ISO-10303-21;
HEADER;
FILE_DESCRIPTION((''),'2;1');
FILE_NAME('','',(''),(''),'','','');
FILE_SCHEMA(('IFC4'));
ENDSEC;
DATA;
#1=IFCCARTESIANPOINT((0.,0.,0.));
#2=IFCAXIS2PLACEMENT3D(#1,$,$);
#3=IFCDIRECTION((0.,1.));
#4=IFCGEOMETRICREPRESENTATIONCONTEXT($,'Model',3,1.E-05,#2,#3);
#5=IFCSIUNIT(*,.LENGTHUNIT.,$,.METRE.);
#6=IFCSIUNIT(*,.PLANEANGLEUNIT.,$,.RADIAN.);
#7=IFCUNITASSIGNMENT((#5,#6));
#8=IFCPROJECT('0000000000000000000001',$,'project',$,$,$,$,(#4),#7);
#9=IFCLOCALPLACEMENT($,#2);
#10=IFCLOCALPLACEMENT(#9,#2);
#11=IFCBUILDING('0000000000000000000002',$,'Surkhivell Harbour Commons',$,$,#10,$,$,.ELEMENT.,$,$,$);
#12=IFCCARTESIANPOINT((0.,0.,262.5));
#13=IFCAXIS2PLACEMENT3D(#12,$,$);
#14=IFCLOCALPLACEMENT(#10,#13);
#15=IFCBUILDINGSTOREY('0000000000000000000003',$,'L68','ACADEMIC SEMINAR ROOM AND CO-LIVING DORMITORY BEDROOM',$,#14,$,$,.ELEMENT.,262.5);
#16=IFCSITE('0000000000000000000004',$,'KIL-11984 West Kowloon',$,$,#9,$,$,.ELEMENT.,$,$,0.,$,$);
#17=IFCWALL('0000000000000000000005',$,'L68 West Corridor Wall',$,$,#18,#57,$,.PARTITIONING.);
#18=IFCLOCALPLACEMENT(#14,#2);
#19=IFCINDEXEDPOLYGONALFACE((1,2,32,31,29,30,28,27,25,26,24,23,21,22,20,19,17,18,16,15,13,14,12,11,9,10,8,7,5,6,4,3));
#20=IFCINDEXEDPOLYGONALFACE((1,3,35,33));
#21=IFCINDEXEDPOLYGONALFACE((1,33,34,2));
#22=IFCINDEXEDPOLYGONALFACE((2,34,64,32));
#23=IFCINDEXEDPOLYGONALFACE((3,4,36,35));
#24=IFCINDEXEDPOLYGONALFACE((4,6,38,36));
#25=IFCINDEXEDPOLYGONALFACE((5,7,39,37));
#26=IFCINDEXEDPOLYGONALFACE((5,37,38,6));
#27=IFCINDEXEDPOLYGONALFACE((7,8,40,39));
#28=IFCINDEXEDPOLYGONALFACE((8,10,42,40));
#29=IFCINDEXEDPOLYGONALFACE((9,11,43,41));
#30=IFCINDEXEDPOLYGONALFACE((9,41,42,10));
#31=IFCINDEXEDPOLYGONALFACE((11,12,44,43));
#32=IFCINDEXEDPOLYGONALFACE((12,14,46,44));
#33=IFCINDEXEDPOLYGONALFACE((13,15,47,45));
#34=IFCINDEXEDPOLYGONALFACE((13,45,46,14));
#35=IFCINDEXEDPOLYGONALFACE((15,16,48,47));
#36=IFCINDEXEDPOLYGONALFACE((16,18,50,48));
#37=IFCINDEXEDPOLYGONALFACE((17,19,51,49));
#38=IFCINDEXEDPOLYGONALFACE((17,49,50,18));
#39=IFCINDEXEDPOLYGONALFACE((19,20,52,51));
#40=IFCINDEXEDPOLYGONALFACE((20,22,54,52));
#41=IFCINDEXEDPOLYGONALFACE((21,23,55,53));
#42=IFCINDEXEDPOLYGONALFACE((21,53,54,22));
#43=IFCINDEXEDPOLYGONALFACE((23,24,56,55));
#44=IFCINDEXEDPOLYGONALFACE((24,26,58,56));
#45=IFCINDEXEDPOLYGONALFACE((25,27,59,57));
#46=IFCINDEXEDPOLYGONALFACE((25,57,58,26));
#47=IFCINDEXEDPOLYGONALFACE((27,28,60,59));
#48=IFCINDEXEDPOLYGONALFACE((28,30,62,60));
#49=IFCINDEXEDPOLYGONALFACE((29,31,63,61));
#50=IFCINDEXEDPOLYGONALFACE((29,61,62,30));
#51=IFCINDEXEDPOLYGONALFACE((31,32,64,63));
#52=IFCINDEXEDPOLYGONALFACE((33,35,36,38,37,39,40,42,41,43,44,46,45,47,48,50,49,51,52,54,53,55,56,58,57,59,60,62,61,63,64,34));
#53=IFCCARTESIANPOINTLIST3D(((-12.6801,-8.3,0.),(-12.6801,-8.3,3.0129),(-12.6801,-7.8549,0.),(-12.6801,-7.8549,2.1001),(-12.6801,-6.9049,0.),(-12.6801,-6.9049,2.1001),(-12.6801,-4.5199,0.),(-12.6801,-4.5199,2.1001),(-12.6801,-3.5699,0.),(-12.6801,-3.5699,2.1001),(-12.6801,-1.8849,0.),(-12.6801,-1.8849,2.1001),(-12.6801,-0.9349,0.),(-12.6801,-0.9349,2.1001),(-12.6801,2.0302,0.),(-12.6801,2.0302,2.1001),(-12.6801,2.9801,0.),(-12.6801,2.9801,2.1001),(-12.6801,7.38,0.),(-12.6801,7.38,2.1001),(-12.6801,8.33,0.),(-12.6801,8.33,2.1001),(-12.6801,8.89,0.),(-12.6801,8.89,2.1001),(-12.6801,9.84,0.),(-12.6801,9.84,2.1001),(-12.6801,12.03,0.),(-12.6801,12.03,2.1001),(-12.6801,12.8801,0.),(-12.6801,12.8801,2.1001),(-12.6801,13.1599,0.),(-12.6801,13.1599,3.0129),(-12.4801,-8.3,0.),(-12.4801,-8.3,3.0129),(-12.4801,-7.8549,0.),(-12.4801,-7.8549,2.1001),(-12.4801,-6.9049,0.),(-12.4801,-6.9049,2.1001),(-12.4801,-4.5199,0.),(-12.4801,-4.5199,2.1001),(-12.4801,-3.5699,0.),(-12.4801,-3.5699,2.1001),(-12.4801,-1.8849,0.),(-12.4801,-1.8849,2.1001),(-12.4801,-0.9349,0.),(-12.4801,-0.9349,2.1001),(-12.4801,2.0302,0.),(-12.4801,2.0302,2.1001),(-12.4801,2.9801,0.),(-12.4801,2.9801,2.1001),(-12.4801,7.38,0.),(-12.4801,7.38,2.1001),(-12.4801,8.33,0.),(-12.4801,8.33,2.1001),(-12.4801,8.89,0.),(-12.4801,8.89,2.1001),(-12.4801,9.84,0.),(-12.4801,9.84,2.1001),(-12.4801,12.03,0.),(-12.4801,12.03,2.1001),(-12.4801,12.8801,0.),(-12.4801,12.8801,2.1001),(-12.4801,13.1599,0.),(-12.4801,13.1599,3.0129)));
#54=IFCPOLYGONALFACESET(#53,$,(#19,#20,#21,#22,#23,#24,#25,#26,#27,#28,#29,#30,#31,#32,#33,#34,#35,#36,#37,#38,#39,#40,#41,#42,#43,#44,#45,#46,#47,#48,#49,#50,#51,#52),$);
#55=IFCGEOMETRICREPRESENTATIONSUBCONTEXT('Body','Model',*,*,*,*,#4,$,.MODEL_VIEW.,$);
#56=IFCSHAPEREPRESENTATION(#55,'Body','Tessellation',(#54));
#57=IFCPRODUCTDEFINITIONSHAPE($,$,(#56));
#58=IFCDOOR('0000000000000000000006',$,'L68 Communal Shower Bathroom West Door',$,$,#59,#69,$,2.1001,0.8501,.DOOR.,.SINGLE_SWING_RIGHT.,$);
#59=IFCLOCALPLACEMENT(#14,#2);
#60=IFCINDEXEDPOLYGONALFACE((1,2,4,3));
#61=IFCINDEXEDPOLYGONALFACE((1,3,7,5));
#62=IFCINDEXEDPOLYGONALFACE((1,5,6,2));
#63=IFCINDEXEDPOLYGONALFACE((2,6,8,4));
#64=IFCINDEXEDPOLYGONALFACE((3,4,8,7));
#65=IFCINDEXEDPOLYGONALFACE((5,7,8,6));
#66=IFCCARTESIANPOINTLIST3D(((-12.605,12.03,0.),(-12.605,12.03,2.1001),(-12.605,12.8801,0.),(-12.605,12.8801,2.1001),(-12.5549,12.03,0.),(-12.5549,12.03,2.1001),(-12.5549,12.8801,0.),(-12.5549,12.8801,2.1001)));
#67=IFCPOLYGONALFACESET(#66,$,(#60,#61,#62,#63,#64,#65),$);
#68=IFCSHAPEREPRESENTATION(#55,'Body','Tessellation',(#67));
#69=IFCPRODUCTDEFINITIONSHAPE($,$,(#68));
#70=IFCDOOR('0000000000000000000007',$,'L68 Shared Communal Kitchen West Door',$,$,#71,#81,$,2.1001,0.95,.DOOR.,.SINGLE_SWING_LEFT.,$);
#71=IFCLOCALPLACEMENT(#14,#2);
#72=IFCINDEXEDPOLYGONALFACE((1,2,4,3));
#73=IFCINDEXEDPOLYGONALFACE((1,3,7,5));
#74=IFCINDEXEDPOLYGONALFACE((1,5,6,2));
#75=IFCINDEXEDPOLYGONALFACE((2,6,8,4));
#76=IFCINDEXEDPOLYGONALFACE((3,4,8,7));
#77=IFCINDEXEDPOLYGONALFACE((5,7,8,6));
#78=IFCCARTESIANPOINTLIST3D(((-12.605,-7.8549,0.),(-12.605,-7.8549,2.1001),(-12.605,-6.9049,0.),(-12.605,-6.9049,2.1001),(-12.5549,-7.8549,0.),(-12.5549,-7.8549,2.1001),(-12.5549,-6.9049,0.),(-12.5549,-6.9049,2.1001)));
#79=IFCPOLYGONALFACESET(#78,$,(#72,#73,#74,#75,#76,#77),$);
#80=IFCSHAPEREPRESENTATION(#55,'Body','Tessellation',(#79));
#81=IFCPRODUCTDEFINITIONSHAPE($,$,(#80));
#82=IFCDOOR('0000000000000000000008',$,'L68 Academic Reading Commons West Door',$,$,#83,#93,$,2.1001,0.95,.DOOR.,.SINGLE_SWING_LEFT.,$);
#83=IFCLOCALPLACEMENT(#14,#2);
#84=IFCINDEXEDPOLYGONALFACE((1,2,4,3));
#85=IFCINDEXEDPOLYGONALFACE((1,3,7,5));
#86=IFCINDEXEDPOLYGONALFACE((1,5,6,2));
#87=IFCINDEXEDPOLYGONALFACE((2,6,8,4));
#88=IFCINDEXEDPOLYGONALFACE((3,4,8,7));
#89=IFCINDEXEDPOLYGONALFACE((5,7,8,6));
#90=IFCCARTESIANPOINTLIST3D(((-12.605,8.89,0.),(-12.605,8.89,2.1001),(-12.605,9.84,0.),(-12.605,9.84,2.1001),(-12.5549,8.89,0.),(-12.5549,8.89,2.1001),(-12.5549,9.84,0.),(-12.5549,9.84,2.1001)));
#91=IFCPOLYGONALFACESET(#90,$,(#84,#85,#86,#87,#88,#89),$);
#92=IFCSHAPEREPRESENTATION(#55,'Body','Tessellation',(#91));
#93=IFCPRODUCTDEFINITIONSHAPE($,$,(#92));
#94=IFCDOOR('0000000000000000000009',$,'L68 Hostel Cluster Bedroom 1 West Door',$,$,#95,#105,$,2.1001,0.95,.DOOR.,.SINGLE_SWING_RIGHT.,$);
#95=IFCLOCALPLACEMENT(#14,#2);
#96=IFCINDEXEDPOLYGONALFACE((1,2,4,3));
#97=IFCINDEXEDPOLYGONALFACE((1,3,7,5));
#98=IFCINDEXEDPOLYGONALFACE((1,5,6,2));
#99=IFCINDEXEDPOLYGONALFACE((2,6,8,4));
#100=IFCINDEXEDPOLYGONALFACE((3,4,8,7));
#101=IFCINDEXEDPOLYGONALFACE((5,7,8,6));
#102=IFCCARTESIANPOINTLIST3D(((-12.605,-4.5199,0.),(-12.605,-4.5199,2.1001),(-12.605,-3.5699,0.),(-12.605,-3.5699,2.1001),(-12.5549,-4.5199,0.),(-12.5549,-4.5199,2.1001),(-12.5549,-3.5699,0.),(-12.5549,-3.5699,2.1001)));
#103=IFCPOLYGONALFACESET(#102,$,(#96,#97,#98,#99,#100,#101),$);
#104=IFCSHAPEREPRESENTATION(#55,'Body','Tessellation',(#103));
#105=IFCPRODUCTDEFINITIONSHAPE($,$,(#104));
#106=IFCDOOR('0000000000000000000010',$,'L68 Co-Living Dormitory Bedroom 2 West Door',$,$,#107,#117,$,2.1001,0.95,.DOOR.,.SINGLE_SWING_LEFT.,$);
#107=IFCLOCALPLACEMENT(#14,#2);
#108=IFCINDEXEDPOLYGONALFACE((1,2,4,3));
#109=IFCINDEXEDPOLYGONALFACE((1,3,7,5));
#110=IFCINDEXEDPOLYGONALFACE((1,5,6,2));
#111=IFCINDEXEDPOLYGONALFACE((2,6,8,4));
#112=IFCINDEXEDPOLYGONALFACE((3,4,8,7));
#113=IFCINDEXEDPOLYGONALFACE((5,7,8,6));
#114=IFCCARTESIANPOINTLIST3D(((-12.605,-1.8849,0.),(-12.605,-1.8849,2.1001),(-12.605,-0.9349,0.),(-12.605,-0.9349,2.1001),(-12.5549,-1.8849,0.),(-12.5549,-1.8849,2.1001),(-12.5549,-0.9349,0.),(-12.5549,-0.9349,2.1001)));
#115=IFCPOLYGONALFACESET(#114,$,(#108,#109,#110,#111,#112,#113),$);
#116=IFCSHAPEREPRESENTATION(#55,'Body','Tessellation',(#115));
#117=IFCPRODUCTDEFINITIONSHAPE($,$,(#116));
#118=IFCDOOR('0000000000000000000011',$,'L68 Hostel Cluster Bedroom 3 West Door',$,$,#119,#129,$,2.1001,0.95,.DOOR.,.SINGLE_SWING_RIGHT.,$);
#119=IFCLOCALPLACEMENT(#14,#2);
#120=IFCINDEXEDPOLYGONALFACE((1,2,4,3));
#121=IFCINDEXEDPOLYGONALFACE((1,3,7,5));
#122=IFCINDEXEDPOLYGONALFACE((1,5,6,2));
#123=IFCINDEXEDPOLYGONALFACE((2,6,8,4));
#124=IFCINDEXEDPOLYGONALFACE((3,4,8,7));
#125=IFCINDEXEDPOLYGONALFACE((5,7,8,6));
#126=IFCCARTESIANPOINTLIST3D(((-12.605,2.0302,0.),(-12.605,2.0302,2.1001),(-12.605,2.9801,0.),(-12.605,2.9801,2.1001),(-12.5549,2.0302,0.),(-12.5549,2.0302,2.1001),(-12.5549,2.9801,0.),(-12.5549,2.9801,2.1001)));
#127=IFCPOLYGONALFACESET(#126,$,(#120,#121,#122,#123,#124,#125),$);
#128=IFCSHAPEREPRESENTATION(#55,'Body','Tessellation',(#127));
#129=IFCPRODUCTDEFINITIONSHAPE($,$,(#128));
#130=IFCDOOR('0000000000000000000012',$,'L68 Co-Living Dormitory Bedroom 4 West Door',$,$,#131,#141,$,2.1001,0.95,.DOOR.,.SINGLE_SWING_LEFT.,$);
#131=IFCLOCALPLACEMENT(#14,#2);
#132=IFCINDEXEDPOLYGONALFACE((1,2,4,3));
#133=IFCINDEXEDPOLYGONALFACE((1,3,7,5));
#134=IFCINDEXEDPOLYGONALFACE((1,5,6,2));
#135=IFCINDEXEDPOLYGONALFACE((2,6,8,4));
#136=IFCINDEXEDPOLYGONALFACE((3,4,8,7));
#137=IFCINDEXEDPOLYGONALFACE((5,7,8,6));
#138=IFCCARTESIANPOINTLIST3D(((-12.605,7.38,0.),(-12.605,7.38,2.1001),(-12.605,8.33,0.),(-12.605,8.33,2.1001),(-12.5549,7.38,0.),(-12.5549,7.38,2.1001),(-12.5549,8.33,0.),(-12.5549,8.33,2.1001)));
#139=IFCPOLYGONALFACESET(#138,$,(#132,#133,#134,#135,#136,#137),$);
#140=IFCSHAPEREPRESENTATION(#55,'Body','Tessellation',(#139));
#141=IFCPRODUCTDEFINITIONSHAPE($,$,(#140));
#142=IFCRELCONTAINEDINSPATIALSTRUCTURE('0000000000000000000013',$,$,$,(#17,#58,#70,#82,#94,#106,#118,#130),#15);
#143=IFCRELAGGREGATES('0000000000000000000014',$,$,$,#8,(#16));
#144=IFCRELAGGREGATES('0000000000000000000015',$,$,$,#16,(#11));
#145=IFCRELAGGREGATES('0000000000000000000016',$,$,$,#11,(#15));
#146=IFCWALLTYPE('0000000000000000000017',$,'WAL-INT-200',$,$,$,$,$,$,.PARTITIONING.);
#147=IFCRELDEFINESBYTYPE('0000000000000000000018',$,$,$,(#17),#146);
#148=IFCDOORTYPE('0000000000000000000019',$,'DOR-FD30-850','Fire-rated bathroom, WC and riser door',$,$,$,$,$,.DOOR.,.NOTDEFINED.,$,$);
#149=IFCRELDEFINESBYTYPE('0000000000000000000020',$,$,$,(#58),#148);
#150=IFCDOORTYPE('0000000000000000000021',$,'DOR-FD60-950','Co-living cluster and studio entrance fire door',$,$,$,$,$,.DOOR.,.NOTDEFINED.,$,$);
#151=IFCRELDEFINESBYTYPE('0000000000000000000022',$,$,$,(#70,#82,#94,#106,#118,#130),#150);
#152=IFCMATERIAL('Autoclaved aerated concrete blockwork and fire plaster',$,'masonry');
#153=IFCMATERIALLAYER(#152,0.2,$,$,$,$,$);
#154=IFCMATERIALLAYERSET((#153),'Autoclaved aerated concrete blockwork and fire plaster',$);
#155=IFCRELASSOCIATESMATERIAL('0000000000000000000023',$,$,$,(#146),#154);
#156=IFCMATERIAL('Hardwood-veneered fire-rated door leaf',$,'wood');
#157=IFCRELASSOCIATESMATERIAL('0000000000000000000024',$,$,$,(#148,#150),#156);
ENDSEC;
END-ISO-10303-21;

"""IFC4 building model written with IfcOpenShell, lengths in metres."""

from ifc_helpers import new_model, si_unit, direction, frame, frame_2d, origin, place, context, subcontext, project, spatial, rectangle, extrude, material, layer, layer_set, type_object, element, fill, save


model = new_model("IFC4")

# Units and contexts
model_context = context("Model", 3, precision=1e-05, world=origin(), true_north=direction((0.0, 1.0)))
body_context = subcontext(model_context, "Body", "Model", "MODEL_VIEW")
ifc_project = project(units=[si_unit("LENGTHUNIT", "METRE"), si_unit("PLANEANGLEUNIT", "RADIAN")], contexts=[model_context])

# Site, building, storey
site_placement = place(None, origin())
site = spatial("IfcSite", under=ifc_project, at=site_placement, Name="KIL-11984 West Kowloon", CompositionType="ELEMENT", RefElevation=0.0)
building_placement = place(site_placement, origin())
building = spatial("IfcBuilding", under=site, at=building_placement, Name="Surkhivell Harbour Commons", CompositionType="ELEMENT")
storey_placement = place(building_placement, frame((0.0, 0.0, 262.5)))
storey = spatial("IfcBuildingStorey", under=building, at=storey_placement, Name="L68", Description="ACADEMIC SEMINAR ROOM AND CO-LIVING DORMITORY BEDROOM", CompositionType="ELEMENT", Elevation=262.5)

# Wall, openings, doors
ifc_material_1 = material(Name="Autoclaved aerated concrete blockwork and fire plaster", Category="masonry")
ifc_layer_1 = layer(ifc_material_1, 0.2)
ifc_layer_set_1 = layer_set([ifc_layer_1], Name="Autoclaved aerated concrete blockwork and fire plaster")
wall_type_1 = type_object("IfcWallType", Name="WAL-INT-200", PredefinedType="PARTITIONING", material=ifc_layer_set_1)
wall_1_placement = place(storey_placement, frame((-12.5801, -8.3, 0.0), z_axis=(0.0, 0.0, 1.0), x_axis=(0.0, 1.0, 0.0)))
wall_1 = element("IfcWall", 1, at=wall_1_placement, inside=storey, type_object=wall_type_1, Name="L68 West Corridor Wall", PredefinedType="PARTITIONING", context=body_context, shape_type="SweptSolid", body=[
    extrude(rectangle(XDim=21.46, YDim=0.2, at=frame_2d((10.73, 0.0))), origin(), (0.0, 0.0, 1.0), 3.0129),
])
opening_1_placement = place(wall_1_placement, frame((0.4451, 0.0, 0.0)))
opening_1 = element("IfcOpeningElement", 2, at=opening_1_placement, cuts=wall_1, PredefinedType="OPENING", context=body_context, shape_type="SweptSolid", body=[
    extrude(rectangle(XDim=0.95, YDim=2.1001, at=frame_2d((0.4751, 1.05))), frame((0.0, 0.1099, 0.0), z_axis=(0.0, -1.0, 0.0), x_axis=(1.0, 0.0, 0.0)), (0.0, 0.0, 1.0), 0.22),
])
opening_2_placement = place(wall_1_placement, frame((20.3301, 0.0, 0.0)))
opening_2 = element("IfcOpeningElement", 3, at=opening_2_placement, cuts=wall_1, PredefinedType="OPENING", context=body_context, shape_type="SweptSolid", body=[
    extrude(rectangle(XDim=0.8501, YDim=2.1001, at=frame_2d((0.425, 1.05))), frame((0.0, 0.1099, 0.0), z_axis=(0.0, -1.0, 0.0), x_axis=(1.0, 0.0, 0.0)), (0.0, 0.0, 1.0), 0.22),
])
opening_3_placement = place(wall_1_placement, frame((17.1899, 0.0, 0.0)))
opening_3 = element("IfcOpeningElement", 4, at=opening_3_placement, cuts=wall_1, PredefinedType="OPENING", context=body_context, shape_type="SweptSolid", body=[
    extrude(rectangle(XDim=0.95, YDim=2.1001, at=frame_2d((0.4751, 1.05))), frame((0.0, 0.1099, 0.0), z_axis=(0.0, -1.0, 0.0), x_axis=(1.0, 0.0, 0.0)), (0.0, 0.0, 1.0), 0.22),
])
opening_4_placement = place(wall_1_placement, frame((3.78, 0.0, 0.0)))
opening_4 = element("IfcOpeningElement", 5, at=opening_4_placement, cuts=wall_1, PredefinedType="OPENING", context=body_context, shape_type="SweptSolid", body=[
    extrude(rectangle(XDim=0.95, YDim=2.1001, at=frame_2d((0.4751, 1.05))), frame((0.0, 0.1099, 0.0), z_axis=(0.0, -1.0, 0.0), x_axis=(1.0, 0.0, 0.0)), (0.0, 0.0, 1.0), 0.22),
])
opening_5_placement = place(wall_1_placement, frame((6.415, 0.0, 0.0)))
opening_5 = element("IfcOpeningElement", 6, at=opening_5_placement, cuts=wall_1, PredefinedType="OPENING", context=body_context, shape_type="SweptSolid", body=[
    extrude(rectangle(XDim=0.95, YDim=2.1001, at=frame_2d((0.4751, 1.05))), frame((0.0, 0.1099, 0.0), z_axis=(0.0, -1.0, 0.0), x_axis=(1.0, 0.0, 0.0)), (0.0, 0.0, 1.0), 0.22),
])
opening_6_placement = place(wall_1_placement, frame((10.3301, 0.0, 0.0)))
opening_6 = element("IfcOpeningElement", 7, at=opening_6_placement, cuts=wall_1, PredefinedType="OPENING", context=body_context, shape_type="SweptSolid", body=[
    extrude(rectangle(XDim=0.95, YDim=2.1001, at=frame_2d((0.4751, 1.05))), frame((0.0, 0.1099, 0.0), z_axis=(0.0, -1.0, 0.0), x_axis=(1.0, 0.0, 0.0)), (0.0, 0.0, 1.0), 0.22),
])
opening_7_placement = place(wall_1_placement, frame((15.6799, 0.0, 0.0)))
opening_7 = element("IfcOpeningElement", 8, at=opening_7_placement, cuts=wall_1, PredefinedType="OPENING", context=body_context, shape_type="SweptSolid", body=[
    extrude(rectangle(XDim=0.95, YDim=2.1001, at=frame_2d((0.4751, 1.05))), frame((0.0, 0.1099, 0.0), z_axis=(0.0, -1.0, 0.0), x_axis=(1.0, 0.0, 0.0)), (0.0, 0.0, 1.0), 0.22),
])
ifc_material_2 = material(Name="Hardwood-veneered fire-rated door leaf", Category="wood")
door_type_1 = type_object("IfcDoorType", Name="DOR-FD30-850", Description="Fire-rated bathroom, WC and riser door", OperationType="NOTDEFINED", PredefinedType="DOOR", material=ifc_material_2)
door_1_placement = place(opening_2_placement, origin())
door_1 = element("IfcDoor", 9, at=door_1_placement, inside=storey, type_object=door_type_1, Name="L68 Communal Shower Bathroom West Door", OperationType="SINGLE_SWING_RIGHT", OverallHeight=2.1001, OverallWidth=0.8501, PredefinedType="DOOR", context=body_context, shape_type="SweptSolid", body=[
    extrude(rectangle(XDim=0.8501, YDim=2.1001, at=frame_2d((0.425, 1.05))), frame((0.0, 0.0249, 0.0), z_axis=(0.0, -1.0, 0.0), x_axis=(1.0, 0.0, 0.0)), (0.0, 0.0, 1.0), 0.05),
])
fill(opening_2, door_1)
door_type_2 = type_object("IfcDoorType", Name="DOR-FD60-950", Description="Co-living cluster and studio entrance fire door", OperationType="NOTDEFINED", PredefinedType="DOOR", material=ifc_material_2)
door_2_placement = place(opening_1_placement, origin())
door_2 = element("IfcDoor", 10, at=door_2_placement, inside=storey, type_object=door_type_2, Name="L68 Shared Communal Kitchen West Door", OperationType="SINGLE_SWING_LEFT", OverallHeight=2.1001, OverallWidth=0.95, PredefinedType="DOOR", context=body_context, shape_type="SweptSolid", body=[
    extrude(rectangle(XDim=0.95, YDim=2.1001, at=frame_2d((0.4751, 1.05))), frame((0.0, 0.0249, 0.0), z_axis=(0.0, -1.0, 0.0), x_axis=(1.0, 0.0, 0.0)), (0.0, 0.0, 1.0), 0.05),
])
fill(opening_1, door_2)
door_3_placement = place(opening_3_placement, origin())
door_3 = element("IfcDoor", 11, at=door_3_placement, inside=storey, type_object=door_type_2, Name="L68 Academic Reading Commons West Door", OperationType="SINGLE_SWING_LEFT", OverallHeight=2.1001, OverallWidth=0.95, PredefinedType="DOOR", context=body_context, shape_type="SweptSolid", body=[
    extrude(rectangle(XDim=0.95, YDim=2.1001, at=frame_2d((0.4751, 1.05))), frame((0.0, 0.0249, 0.0), z_axis=(0.0, -1.0, 0.0), x_axis=(1.0, 0.0, 0.0)), (0.0, 0.0, 1.0), 0.05),
])
fill(opening_3, door_3)
door_4_placement = place(opening_4_placement, origin())
door_4 = element("IfcDoor", 12, at=door_4_placement, inside=storey, type_object=door_type_2, Name="L68 Hostel Cluster Bedroom 1 West Door", OperationType="SINGLE_SWING_RIGHT", OverallHeight=2.1001, OverallWidth=0.95, PredefinedType="DOOR", context=body_context, shape_type="SweptSolid", body=[
    extrude(rectangle(XDim=0.95, YDim=2.1001, at=frame_2d((0.4751, 1.05))), frame((0.0, 0.0249, 0.0), z_axis=(0.0, -1.0, 0.0), x_axis=(1.0, 0.0, 0.0)), (0.0, 0.0, 1.0), 0.05),
])
fill(opening_4, door_4)
door_5_placement = place(opening_5_placement, origin())
door_5 = element("IfcDoor", 13, at=door_5_placement, inside=storey, type_object=door_type_2, Name="L68 Co-Living Dormitory Bedroom 2 West Door", OperationType="SINGLE_SWING_LEFT", OverallHeight=2.1001, OverallWidth=0.95, PredefinedType="DOOR", context=body_context, shape_type="SweptSolid", body=[
    extrude(rectangle(XDim=0.95, YDim=2.1001, at=frame_2d((0.4751, 1.05))), frame((0.0, 0.0249, 0.0), z_axis=(0.0, -1.0, 0.0), x_axis=(1.0, 0.0, 0.0)), (0.0, 0.0, 1.0), 0.05),
])
fill(opening_5, door_5)
door_6_placement = place(opening_6_placement, origin())
door_6 = element("IfcDoor", 14, at=door_6_placement, inside=storey, type_object=door_type_2, Name="L68 Hostel Cluster Bedroom 3 West Door", OperationType="SINGLE_SWING_RIGHT", OverallHeight=2.1001, OverallWidth=0.95, PredefinedType="DOOR", context=body_context, shape_type="SweptSolid", body=[
    extrude(rectangle(XDim=0.95, YDim=2.1001, at=frame_2d((0.4751, 1.05))), frame((0.0, 0.0249, 0.0), z_axis=(0.0, -1.0, 0.0), x_axis=(1.0, 0.0, 0.0)), (0.0, 0.0, 1.0), 0.05),
])
fill(opening_6, door_6)
door_7_placement = place(opening_7_placement, origin())
door_7 = element("IfcDoor", 15, at=door_7_placement, inside=storey, type_object=door_type_2, Name="L68 Co-Living Dormitory Bedroom 4 West Door", OperationType="SINGLE_SWING_LEFT", OverallHeight=2.1001, OverallWidth=0.95, PredefinedType="DOOR", context=body_context, shape_type="SweptSolid", body=[
    extrude(rectangle(XDim=0.95, YDim=2.1001, at=frame_2d((0.4751, 1.05))), frame((0.0, 0.0249, 0.0), z_axis=(0.0, -1.0, 0.0), x_axis=(1.0, 0.0, 0.0)), (0.0, 0.0, 1.0), 0.05),
])
fill(opening_7, door_7)

save(model, "model.ifc")
